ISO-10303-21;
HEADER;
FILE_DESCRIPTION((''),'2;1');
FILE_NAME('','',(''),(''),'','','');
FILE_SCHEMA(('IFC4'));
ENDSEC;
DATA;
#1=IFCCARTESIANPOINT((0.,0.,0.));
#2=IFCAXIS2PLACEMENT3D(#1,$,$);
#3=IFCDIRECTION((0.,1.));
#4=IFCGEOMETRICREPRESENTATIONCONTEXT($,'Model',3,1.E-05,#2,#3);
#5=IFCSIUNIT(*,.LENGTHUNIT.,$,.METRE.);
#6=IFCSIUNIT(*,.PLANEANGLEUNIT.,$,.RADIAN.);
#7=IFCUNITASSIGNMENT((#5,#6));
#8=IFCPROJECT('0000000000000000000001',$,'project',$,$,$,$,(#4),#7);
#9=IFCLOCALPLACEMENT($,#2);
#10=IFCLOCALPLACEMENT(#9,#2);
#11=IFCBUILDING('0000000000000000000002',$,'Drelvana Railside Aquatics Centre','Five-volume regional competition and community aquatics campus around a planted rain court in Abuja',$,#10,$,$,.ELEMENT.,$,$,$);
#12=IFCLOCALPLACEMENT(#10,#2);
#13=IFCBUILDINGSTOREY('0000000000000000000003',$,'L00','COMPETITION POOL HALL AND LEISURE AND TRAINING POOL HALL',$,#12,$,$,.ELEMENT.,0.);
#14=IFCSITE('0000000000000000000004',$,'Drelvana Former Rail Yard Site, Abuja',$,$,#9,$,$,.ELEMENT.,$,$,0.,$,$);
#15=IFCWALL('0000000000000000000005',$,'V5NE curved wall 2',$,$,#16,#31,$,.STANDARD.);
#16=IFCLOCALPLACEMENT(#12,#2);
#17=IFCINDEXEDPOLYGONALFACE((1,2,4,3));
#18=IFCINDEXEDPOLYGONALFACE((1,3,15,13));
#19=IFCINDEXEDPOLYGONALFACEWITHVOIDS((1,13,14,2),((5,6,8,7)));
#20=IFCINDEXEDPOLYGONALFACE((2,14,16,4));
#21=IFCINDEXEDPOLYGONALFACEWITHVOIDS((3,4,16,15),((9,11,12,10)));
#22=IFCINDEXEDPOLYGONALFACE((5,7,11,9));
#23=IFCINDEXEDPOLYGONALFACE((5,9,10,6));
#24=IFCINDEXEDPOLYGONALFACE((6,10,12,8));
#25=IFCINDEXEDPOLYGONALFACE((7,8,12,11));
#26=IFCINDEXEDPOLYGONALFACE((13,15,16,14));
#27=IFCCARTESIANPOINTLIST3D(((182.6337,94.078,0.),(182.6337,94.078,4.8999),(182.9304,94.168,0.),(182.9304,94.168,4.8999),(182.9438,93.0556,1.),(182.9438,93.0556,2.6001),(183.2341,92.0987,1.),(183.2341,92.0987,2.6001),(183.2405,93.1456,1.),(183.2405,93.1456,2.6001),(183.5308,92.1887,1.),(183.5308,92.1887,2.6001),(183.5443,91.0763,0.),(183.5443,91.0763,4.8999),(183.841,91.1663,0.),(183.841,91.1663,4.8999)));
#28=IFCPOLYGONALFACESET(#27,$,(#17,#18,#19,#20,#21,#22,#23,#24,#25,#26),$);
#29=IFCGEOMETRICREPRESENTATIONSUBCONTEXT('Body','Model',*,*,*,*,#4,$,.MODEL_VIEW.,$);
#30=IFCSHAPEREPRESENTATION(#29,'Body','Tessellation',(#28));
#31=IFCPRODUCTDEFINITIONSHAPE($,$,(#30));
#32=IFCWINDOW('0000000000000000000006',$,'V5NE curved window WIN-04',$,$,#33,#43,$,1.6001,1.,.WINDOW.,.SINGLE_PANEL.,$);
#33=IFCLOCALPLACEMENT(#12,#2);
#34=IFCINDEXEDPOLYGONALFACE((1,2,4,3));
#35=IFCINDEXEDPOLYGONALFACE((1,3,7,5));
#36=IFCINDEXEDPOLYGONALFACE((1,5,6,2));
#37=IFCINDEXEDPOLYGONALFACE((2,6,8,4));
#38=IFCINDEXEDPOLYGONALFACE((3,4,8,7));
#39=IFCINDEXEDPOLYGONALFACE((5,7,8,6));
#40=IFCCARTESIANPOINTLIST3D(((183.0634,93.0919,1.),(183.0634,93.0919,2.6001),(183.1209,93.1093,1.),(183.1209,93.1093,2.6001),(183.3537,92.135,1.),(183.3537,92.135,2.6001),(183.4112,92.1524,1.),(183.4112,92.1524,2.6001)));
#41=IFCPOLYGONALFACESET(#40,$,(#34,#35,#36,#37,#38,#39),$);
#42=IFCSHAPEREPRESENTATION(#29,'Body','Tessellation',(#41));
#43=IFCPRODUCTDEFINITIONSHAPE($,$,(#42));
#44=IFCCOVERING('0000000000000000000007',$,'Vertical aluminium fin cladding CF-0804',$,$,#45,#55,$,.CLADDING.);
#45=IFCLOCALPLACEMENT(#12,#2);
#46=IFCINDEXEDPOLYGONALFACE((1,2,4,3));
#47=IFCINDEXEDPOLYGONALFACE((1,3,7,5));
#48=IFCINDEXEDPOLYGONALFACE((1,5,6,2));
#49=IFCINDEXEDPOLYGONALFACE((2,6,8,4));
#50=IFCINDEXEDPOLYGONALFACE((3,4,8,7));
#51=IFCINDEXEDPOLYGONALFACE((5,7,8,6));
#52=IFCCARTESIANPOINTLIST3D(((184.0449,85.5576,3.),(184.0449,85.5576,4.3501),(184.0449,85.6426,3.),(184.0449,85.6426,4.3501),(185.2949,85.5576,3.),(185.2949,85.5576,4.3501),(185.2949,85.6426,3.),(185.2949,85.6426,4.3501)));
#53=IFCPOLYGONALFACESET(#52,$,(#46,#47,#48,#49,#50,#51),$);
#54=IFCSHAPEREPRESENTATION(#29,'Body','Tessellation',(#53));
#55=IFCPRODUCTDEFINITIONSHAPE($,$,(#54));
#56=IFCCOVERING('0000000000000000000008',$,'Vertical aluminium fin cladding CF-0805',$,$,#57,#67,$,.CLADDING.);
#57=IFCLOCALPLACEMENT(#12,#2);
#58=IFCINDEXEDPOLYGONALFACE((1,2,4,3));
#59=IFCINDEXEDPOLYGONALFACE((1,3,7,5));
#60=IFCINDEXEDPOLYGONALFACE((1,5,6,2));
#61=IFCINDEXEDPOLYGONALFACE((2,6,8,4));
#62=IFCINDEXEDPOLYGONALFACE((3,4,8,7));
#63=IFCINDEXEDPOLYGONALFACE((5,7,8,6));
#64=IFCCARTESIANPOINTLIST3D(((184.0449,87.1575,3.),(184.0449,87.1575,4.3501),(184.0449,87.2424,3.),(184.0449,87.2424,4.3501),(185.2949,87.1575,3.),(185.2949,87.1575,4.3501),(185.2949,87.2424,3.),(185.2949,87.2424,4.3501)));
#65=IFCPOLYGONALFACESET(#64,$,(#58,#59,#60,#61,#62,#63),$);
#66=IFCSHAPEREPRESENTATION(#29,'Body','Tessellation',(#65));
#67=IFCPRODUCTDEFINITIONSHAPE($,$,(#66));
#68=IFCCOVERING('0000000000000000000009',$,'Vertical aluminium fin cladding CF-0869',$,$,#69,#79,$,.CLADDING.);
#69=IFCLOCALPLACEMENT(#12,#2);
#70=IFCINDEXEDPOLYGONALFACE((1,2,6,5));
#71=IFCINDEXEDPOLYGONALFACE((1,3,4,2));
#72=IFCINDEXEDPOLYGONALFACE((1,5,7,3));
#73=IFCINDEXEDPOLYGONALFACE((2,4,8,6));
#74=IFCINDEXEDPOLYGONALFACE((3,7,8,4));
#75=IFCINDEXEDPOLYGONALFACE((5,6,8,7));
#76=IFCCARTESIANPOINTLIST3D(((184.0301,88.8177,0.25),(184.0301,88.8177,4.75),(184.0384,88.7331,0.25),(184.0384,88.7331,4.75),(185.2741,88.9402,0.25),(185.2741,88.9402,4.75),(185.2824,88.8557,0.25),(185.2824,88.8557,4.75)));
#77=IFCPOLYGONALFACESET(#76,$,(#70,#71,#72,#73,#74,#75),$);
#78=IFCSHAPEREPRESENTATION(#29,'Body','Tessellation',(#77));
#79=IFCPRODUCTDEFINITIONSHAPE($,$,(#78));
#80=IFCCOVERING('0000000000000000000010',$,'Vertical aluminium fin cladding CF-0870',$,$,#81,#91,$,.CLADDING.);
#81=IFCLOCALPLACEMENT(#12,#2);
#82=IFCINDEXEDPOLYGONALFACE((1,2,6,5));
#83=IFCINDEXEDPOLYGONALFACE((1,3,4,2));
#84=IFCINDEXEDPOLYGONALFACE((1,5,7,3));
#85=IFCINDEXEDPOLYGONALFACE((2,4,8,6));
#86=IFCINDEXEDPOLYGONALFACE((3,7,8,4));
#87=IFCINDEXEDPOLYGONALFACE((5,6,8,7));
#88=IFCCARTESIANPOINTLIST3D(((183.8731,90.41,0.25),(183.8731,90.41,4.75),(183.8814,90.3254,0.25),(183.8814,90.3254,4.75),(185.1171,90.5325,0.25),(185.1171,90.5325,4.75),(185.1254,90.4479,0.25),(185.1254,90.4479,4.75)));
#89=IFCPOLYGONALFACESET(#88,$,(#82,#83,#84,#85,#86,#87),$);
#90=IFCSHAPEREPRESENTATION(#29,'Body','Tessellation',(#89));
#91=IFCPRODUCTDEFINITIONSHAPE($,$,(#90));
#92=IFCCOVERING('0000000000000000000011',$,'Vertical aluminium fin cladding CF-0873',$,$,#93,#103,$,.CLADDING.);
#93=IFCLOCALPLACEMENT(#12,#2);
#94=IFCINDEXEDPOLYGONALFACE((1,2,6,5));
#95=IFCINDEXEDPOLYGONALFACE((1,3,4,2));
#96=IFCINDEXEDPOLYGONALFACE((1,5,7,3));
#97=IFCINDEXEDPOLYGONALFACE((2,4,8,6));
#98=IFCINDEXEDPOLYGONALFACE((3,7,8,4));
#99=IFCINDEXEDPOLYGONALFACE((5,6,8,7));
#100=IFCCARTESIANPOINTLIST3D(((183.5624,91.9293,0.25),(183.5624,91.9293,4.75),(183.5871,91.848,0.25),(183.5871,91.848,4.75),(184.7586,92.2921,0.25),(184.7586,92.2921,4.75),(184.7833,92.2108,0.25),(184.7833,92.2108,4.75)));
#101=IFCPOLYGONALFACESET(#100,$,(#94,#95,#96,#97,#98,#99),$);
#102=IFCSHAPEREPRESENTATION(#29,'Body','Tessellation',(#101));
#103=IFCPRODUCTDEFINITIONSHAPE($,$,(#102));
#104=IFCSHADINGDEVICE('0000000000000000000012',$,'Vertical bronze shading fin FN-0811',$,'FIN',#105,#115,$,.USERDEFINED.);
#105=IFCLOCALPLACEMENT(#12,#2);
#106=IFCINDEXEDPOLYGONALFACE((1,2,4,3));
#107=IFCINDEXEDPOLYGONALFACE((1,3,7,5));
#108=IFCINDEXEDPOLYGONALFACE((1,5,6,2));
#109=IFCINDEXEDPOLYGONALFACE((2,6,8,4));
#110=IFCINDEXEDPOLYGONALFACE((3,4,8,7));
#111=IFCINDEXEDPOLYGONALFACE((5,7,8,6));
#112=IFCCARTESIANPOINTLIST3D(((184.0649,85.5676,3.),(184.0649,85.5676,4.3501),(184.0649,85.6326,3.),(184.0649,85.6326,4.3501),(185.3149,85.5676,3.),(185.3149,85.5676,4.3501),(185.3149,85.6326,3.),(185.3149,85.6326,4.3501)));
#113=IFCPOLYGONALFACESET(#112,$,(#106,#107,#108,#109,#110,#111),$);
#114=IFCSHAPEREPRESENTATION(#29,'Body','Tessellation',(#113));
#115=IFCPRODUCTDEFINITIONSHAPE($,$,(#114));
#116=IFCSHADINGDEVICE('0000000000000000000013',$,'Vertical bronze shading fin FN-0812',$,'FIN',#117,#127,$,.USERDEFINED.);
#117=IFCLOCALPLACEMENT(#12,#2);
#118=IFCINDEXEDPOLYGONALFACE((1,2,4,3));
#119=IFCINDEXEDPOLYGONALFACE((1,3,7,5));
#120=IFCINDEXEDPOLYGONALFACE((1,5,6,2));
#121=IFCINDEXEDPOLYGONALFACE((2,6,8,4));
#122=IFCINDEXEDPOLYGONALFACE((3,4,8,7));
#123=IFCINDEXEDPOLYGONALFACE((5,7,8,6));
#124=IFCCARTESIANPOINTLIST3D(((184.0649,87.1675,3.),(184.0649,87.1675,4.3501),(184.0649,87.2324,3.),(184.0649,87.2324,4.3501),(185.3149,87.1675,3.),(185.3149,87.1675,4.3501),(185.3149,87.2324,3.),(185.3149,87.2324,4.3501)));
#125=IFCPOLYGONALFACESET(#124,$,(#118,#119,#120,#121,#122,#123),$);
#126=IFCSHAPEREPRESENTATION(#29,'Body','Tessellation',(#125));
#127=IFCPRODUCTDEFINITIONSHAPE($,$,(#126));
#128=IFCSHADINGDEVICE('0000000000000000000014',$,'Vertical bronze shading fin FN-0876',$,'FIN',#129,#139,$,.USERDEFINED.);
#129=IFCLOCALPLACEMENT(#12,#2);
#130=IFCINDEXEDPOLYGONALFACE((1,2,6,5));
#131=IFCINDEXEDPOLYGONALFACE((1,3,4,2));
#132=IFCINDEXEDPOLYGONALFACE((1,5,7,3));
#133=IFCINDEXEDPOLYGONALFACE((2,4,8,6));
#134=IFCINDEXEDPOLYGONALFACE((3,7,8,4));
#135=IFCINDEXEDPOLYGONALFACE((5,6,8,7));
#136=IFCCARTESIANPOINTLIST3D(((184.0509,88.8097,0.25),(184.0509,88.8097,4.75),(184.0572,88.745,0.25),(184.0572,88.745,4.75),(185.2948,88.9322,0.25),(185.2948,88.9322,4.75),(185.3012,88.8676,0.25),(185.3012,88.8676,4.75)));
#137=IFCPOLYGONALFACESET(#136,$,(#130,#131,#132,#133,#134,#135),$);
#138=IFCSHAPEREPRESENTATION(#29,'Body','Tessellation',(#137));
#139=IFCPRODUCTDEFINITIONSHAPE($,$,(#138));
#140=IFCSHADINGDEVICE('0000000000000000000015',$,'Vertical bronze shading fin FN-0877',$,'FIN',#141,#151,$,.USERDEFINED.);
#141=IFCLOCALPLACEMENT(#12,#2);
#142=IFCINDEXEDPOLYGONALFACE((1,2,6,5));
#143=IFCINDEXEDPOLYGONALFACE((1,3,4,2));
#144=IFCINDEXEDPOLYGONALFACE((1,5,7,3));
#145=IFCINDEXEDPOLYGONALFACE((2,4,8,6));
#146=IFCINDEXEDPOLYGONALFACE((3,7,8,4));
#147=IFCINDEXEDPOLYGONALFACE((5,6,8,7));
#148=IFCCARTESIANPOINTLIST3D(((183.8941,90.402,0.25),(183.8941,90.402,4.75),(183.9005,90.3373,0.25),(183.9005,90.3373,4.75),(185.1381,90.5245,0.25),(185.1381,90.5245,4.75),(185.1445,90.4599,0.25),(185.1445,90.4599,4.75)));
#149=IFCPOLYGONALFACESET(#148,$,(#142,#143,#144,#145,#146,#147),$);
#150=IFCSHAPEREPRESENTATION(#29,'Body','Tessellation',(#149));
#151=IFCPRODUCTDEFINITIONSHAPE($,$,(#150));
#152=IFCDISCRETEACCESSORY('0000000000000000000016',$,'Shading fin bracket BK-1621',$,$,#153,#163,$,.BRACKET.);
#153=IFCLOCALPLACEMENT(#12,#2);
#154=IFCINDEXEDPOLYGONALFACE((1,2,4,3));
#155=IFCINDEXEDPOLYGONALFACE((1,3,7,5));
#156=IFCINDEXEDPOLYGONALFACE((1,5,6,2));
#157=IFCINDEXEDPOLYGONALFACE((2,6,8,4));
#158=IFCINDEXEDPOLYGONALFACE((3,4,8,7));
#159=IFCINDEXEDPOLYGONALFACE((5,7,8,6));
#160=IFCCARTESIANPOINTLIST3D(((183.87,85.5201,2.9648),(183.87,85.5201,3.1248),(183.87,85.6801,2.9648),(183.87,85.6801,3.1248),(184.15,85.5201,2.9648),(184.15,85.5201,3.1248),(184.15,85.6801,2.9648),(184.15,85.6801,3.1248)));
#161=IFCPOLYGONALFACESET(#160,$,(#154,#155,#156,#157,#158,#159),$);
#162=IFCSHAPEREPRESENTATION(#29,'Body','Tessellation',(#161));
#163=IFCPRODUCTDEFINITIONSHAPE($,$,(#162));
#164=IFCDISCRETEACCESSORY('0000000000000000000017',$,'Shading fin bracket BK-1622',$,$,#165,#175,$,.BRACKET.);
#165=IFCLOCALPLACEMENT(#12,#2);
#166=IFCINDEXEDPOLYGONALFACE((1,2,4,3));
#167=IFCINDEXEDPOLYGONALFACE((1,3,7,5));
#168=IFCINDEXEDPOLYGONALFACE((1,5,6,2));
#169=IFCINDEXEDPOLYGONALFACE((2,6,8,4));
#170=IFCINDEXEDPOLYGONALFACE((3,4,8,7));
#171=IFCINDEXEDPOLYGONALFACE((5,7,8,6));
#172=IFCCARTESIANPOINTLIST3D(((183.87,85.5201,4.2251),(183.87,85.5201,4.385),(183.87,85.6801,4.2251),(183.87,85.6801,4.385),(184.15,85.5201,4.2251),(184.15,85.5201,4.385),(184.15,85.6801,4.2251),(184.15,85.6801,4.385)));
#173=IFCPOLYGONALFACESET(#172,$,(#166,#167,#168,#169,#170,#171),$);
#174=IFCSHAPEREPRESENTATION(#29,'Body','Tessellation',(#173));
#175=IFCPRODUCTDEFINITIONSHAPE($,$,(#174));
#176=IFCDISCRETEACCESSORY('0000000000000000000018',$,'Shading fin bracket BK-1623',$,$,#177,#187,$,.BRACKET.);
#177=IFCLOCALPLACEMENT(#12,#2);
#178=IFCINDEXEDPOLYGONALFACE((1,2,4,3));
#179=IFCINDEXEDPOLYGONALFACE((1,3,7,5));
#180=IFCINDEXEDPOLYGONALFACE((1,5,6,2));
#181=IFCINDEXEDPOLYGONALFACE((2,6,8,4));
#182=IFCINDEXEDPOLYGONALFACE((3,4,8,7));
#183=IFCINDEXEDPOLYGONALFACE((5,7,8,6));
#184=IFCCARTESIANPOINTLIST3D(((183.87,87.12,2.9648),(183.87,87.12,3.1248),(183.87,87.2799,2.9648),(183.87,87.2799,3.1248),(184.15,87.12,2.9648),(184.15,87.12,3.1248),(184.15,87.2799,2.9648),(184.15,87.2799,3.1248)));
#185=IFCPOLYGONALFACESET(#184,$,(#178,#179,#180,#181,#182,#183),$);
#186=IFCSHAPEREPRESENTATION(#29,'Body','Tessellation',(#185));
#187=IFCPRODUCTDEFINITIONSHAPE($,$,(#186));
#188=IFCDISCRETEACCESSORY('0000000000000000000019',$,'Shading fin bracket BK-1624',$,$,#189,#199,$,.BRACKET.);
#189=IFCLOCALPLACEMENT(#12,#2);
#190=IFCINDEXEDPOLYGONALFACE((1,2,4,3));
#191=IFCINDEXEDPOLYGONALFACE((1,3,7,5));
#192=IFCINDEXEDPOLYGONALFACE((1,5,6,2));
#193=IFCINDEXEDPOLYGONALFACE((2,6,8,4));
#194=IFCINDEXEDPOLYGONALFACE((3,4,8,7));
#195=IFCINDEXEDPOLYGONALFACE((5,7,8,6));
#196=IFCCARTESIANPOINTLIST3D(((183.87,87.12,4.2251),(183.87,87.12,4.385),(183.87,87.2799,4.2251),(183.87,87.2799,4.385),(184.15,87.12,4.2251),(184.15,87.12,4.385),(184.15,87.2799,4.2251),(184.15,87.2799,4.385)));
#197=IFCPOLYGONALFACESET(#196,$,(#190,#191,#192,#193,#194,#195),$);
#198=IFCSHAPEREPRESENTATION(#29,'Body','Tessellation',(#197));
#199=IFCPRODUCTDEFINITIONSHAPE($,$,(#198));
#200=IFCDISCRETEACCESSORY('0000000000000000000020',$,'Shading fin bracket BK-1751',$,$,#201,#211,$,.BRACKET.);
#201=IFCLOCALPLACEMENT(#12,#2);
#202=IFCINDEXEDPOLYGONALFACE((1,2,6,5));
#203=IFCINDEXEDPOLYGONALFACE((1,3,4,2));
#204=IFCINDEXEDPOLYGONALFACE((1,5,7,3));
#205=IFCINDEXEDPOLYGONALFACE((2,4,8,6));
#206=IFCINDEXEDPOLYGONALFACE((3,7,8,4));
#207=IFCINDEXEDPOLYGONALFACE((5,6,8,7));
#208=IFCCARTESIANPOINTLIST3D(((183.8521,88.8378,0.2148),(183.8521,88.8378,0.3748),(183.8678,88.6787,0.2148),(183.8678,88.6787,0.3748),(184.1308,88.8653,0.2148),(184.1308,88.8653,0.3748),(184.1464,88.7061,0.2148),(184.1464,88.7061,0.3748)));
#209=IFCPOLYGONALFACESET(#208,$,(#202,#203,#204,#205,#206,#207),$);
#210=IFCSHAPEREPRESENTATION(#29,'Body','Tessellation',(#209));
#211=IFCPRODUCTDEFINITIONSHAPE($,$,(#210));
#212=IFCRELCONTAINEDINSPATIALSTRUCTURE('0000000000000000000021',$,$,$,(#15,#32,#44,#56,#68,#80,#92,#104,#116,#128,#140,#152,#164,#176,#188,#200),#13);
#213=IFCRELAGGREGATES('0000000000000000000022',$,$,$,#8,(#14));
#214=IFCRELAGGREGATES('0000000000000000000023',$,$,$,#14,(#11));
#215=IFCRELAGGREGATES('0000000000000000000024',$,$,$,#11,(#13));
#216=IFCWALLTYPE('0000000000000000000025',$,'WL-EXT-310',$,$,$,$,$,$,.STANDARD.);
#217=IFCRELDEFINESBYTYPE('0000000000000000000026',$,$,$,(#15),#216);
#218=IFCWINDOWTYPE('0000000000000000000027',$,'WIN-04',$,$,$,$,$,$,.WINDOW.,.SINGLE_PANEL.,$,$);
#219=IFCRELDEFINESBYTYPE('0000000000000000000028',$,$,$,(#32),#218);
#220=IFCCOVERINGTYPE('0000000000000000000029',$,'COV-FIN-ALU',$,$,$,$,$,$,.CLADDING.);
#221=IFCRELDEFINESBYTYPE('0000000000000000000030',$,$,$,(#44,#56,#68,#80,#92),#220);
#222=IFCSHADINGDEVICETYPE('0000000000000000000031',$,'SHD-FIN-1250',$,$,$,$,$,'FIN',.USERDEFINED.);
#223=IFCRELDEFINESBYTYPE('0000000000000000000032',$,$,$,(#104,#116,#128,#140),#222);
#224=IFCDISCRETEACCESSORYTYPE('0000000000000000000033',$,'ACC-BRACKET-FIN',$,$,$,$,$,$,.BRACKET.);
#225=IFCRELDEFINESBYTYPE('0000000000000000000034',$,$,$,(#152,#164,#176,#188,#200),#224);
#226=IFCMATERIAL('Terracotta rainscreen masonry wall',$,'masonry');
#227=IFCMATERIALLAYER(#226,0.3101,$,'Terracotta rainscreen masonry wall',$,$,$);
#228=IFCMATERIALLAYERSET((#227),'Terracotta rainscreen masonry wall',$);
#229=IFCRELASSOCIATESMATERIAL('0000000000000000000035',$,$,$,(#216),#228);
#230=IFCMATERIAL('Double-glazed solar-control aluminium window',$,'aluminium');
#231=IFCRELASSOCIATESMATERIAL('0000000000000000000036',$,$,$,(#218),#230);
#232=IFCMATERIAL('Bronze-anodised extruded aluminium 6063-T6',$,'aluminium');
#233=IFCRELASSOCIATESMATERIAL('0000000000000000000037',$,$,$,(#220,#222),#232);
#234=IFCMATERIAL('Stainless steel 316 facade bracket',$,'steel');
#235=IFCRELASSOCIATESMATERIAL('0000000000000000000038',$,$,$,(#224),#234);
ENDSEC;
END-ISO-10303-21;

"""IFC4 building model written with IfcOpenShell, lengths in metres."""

from ifc_helpers import new_model, si_unit, direction, frame, frame_2d, origin, origin_2d, place, context, subcontext, project, spatial, rectangle, extrude, material, layer, layer_set, type_object, element, fill, save


model = new_model("IFC4")

# Units and contexts
model_context = context("Model", 3, precision=1e-05, world=origin(), true_north=direction((0.0, 1.0)))
body_context = subcontext(model_context, "Body", "Model", "MODEL_VIEW")
ifc_project = project(units=[si_unit("LENGTHUNIT", "METRE"), si_unit("PLANEANGLEUNIT", "RADIAN")], contexts=[model_context])

# Site, building, storey
site_placement = place(None, origin())
site = spatial("IfcSite", under=ifc_project, at=site_placement, Name="Drelvana Former Rail Yard Site, Abuja", CompositionType="ELEMENT", RefElevation=0.0)
building_placement = place(site_placement, origin())
building = spatial("IfcBuilding", under=site, at=building_placement, Name="Drelvana Railside Aquatics Centre", Description="Five-volume regional competition and community aquatics campus around a planted rain court in Abuja", CompositionType="ELEMENT")
storey_placement = place(building_placement, origin())
storey = spatial("IfcBuildingStorey", under=building, at=storey_placement, Name="L00", Description="COMPETITION POOL HALL AND LEISURE AND TRAINING POOL HALL", CompositionType="ELEMENT", Elevation=0.0)

# Wall, opening, window
ifc_material_1 = material(Name="Terracotta rainscreen masonry wall", Category="masonry")
ifc_layer_1 = layer(ifc_material_1, 0.3101, Name="Terracotta rainscreen masonry wall")
ifc_layer_set_1 = layer_set([ifc_layer_1], Name="Terracotta rainscreen masonry wall")
wall_type = type_object("IfcWallType", Name="WL-EXT-310", PredefinedType="STANDARD", material=ifc_layer_set_1)
ifc_material_2 = material(Name="Double-glazed solar-control aluminium window", Category="aluminium")
wall_1_placement = place(storey_placement, frame((183.6926, 91.1213, 0.0), z_axis=(0.0, 0.0, 1.0), x_axis=(-0.29031, 0.956933, 0.0)))
wall_1 = element("IfcWall", 1, at=wall_1_placement, inside=storey, type_object=wall_type, Name="V5NE curved wall 2", PredefinedType="STANDARD", context=body_context, shape_type="SweptSolid", body=[
    extrude(rectangle(XDim=3.1367, YDim=0.3101, at=frame_2d((1.5684, 0.0))), origin(), (0.0, 0.0, 1.0), 4.8999),
])
opening_1_placement = place(wall_1_placement, frame((1.0684, 0.0, 1.0)))
opening_1 = element("IfcOpeningElement", 2, at=opening_1_placement, cuts=wall_1, PredefinedType="OPENING", context=body_context, shape_type="SweptSolid", body=[
    extrude(rectangle(XDim=1.0, YDim=1.6001, at=frame_2d((0.5, 0.8))), frame((0.0, 0.165, 0.0), z_axis=(0.0, -1.0, 0.0), x_axis=(1.0, 0.0, 0.0)), (0.0, 0.0, 1.0), 0.3301),
])
window_type_1 = type_object("IfcWindowType", Name="WIN-04", PartitioningType="SINGLE_PANEL", PredefinedType="WINDOW", material=ifc_material_2)
window_1_placement = place(opening_1_placement, origin())
window_1 = element("IfcWindow", 3, at=window_1_placement, inside=storey, type_object=window_type_1, Name="V5NE curved window WIN-04", OverallHeight=1.6001, OverallWidth=1.0, PartitioningType="SINGLE_PANEL", PredefinedType="WINDOW", context=body_context, shape_type="SweptSolid", body=[
    extrude(rectangle(XDim=1.0, YDim=1.6001, at=frame_2d((0.5, 0.8))), frame((0.0, 0.03, 0.0), z_axis=(0.0, -1.0, 0.0), x_axis=(1.0, 0.0, 0.0)), (0.0, 0.0, 1.0), 0.0601),
])
fill(opening_1, window_1)

# Coverings
ifc_material_3 = material(Name="Bronze-anodised extruded aluminium 6063-T6", Category="aluminium")
covering_type = type_object("IfcCoveringType", Name="COV-FIN-ALU", PredefinedType="CLADDING", material=ifc_material_3)
for number, where, z_axis, x_axis, name in (
    (4, (184.6699, 85.6001, 3.0), (0.0, 0.0, 1.0), (0.0, -1.0, 0.0), "Vertical aluminium fin cladding CF-0804"),
    (5, (184.6699, 87.2, 3.0), (0.0, 0.0, 1.0), (0.0, -1.0, 0.0), "Vertical aluminium fin cladding CF-0805"),
):
    element("IfcCovering", number, at=place(storey_placement, frame(where, z_axis=z_axis, x_axis=x_axis)), inside=storey, type_object=covering_type, Name=name, PredefinedType="CLADDING", context=body_context, shape_type="SweptSolid", body=[
        extrude(rectangle(XDim=0.085, YDim=1.25, at=origin_2d()), origin(), (0.0, 0.0, 1.0), 1.3501),
    ])
for number, where, z_axis, x_axis, name in (
    (6, (184.6562, 88.8367, 0.25), (0.0, 0.0, 1.0), (0.098017, -0.995185, 0.0), "Vertical aluminium fin cladding CF-0869"),
    (7, (184.4993, 90.429, 0.25), (0.0, 0.0, 1.0), (0.098017, -0.995185, 0.0), "Vertical aluminium fin cladding CF-0870"),
    (8, (184.1729, 92.0701, 0.25), (0.0, 0.0, 1.0), (0.290285, -0.95694, 0.0), "Vertical aluminium fin cladding CF-0873"),
):
    element("IfcCovering", number, at=place(storey_placement, frame(where, z_axis=z_axis, x_axis=x_axis)), inside=storey, type_object=covering_type, Name=name, PredefinedType="CLADDING", context=body_context, shape_type="SweptSolid", body=[
        extrude(rectangle(XDim=0.085, YDim=1.25, at=origin_2d()), origin(), (0.0, 0.0, 1.0), 4.5),
    ])

# Shading devices
shading_device_type = type_object("IfcShadingDeviceType", Name="SHD-FIN-1250", ElementType="FIN", PredefinedType="USERDEFINED", material=ifc_material_3)
for number, where, z_axis, x_axis, name in (
    (9, (184.6899, 85.6001, 3.0), (0.0, 0.0, 1.0), (1.0, 0.0, 0.0), "Vertical bronze shading fin FN-0811"),
    (10, (184.6899, 87.2, 3.0), (0.0, 0.0, 1.0), (1.0, 0.0, 0.0), "Vertical bronze shading fin FN-0812"),
):
    element("IfcShadingDevice", number, at=place(storey_placement, frame(where, z_axis=z_axis, x_axis=x_axis)), inside=storey, type_object=shading_device_type, Name=name, ObjectType="FIN", PredefinedType="USERDEFINED", context=body_context, shape_type="SweptSolid", body=[
        extrude(rectangle(XDim=1.25, YDim=0.0649, at=origin_2d()), origin(), (0.0, 0.0, 1.0), 1.3501),
    ])
for number, where, z_axis, x_axis, name in (
    (11, (184.676, 88.8386, 0.25), (0.0, 0.0, 1.0), (0.995185, 0.098017, 0.0), "Vertical bronze shading fin FN-0876"),
    (12, (184.5193, 90.4309, 0.25), (0.0, 0.0, 1.0), (0.995185, 0.098017, 0.0), "Vertical bronze shading fin FN-0877"),
):
    element("IfcShadingDevice", number, at=place(storey_placement, frame(where, z_axis=z_axis, x_axis=x_axis)), inside=storey, type_object=shading_device_type, Name=name, ObjectType="FIN", PredefinedType="USERDEFINED", context=body_context, shape_type="SweptSolid", body=[
        extrude(rectangle(XDim=1.25, YDim=0.0649, at=origin_2d()), origin(), (0.0, 0.0, 1.0), 4.5),
    ])

# Discrete accessories
ifc_material_4 = material(Name="Stainless steel 316 facade bracket", Category="steel")
discrete_accessory_type = type_object("IfcDiscreteAccessoryType", Name="ACC-BRACKET-FIN", PredefinedType="BRACKET", material=ifc_material_4)
for number, where, z_axis, x_axis, name in (
    (13, (184.01, 85.6001, 2.9648), (0.0, 0.0, 1.0), (1.0, 0.0, 0.0), "Shading fin bracket BK-1621"),
    (14, (184.01, 85.6001, 4.2251), (0.0, 0.0, 1.0), (1.0, 0.0, 0.0), "Shading fin bracket BK-1622"),
    (15, (184.01, 87.2, 2.9648), (0.0, 0.0, 1.0), (1.0, 0.0, 0.0), "Shading fin bracket BK-1623"),
    (16, (184.01, 87.2, 4.2251), (0.0, 0.0, 1.0), (1.0, 0.0, 0.0), "Shading fin bracket BK-1624"),
    (17, (183.9993, 88.772, 0.2148), (0.0, 0.0, 1.0), (0.995185, 0.098017, 0.0), "Shading fin bracket BK-1751"),
):
    element("IfcDiscreteAccessory", number, at=place(storey_placement, frame(where, z_axis=z_axis, x_axis=x_axis)), inside=storey, type_object=discrete_accessory_type, Name=name, PredefinedType="BRACKET", context=body_context, shape_type="SweptSolid", body=[
        extrude(rectangle(XDim=0.28, YDim=0.1599, at=origin_2d()), origin(), (0.0, 0.0, 1.0), 0.1599),
    ])

save(model, "model.ifc")
